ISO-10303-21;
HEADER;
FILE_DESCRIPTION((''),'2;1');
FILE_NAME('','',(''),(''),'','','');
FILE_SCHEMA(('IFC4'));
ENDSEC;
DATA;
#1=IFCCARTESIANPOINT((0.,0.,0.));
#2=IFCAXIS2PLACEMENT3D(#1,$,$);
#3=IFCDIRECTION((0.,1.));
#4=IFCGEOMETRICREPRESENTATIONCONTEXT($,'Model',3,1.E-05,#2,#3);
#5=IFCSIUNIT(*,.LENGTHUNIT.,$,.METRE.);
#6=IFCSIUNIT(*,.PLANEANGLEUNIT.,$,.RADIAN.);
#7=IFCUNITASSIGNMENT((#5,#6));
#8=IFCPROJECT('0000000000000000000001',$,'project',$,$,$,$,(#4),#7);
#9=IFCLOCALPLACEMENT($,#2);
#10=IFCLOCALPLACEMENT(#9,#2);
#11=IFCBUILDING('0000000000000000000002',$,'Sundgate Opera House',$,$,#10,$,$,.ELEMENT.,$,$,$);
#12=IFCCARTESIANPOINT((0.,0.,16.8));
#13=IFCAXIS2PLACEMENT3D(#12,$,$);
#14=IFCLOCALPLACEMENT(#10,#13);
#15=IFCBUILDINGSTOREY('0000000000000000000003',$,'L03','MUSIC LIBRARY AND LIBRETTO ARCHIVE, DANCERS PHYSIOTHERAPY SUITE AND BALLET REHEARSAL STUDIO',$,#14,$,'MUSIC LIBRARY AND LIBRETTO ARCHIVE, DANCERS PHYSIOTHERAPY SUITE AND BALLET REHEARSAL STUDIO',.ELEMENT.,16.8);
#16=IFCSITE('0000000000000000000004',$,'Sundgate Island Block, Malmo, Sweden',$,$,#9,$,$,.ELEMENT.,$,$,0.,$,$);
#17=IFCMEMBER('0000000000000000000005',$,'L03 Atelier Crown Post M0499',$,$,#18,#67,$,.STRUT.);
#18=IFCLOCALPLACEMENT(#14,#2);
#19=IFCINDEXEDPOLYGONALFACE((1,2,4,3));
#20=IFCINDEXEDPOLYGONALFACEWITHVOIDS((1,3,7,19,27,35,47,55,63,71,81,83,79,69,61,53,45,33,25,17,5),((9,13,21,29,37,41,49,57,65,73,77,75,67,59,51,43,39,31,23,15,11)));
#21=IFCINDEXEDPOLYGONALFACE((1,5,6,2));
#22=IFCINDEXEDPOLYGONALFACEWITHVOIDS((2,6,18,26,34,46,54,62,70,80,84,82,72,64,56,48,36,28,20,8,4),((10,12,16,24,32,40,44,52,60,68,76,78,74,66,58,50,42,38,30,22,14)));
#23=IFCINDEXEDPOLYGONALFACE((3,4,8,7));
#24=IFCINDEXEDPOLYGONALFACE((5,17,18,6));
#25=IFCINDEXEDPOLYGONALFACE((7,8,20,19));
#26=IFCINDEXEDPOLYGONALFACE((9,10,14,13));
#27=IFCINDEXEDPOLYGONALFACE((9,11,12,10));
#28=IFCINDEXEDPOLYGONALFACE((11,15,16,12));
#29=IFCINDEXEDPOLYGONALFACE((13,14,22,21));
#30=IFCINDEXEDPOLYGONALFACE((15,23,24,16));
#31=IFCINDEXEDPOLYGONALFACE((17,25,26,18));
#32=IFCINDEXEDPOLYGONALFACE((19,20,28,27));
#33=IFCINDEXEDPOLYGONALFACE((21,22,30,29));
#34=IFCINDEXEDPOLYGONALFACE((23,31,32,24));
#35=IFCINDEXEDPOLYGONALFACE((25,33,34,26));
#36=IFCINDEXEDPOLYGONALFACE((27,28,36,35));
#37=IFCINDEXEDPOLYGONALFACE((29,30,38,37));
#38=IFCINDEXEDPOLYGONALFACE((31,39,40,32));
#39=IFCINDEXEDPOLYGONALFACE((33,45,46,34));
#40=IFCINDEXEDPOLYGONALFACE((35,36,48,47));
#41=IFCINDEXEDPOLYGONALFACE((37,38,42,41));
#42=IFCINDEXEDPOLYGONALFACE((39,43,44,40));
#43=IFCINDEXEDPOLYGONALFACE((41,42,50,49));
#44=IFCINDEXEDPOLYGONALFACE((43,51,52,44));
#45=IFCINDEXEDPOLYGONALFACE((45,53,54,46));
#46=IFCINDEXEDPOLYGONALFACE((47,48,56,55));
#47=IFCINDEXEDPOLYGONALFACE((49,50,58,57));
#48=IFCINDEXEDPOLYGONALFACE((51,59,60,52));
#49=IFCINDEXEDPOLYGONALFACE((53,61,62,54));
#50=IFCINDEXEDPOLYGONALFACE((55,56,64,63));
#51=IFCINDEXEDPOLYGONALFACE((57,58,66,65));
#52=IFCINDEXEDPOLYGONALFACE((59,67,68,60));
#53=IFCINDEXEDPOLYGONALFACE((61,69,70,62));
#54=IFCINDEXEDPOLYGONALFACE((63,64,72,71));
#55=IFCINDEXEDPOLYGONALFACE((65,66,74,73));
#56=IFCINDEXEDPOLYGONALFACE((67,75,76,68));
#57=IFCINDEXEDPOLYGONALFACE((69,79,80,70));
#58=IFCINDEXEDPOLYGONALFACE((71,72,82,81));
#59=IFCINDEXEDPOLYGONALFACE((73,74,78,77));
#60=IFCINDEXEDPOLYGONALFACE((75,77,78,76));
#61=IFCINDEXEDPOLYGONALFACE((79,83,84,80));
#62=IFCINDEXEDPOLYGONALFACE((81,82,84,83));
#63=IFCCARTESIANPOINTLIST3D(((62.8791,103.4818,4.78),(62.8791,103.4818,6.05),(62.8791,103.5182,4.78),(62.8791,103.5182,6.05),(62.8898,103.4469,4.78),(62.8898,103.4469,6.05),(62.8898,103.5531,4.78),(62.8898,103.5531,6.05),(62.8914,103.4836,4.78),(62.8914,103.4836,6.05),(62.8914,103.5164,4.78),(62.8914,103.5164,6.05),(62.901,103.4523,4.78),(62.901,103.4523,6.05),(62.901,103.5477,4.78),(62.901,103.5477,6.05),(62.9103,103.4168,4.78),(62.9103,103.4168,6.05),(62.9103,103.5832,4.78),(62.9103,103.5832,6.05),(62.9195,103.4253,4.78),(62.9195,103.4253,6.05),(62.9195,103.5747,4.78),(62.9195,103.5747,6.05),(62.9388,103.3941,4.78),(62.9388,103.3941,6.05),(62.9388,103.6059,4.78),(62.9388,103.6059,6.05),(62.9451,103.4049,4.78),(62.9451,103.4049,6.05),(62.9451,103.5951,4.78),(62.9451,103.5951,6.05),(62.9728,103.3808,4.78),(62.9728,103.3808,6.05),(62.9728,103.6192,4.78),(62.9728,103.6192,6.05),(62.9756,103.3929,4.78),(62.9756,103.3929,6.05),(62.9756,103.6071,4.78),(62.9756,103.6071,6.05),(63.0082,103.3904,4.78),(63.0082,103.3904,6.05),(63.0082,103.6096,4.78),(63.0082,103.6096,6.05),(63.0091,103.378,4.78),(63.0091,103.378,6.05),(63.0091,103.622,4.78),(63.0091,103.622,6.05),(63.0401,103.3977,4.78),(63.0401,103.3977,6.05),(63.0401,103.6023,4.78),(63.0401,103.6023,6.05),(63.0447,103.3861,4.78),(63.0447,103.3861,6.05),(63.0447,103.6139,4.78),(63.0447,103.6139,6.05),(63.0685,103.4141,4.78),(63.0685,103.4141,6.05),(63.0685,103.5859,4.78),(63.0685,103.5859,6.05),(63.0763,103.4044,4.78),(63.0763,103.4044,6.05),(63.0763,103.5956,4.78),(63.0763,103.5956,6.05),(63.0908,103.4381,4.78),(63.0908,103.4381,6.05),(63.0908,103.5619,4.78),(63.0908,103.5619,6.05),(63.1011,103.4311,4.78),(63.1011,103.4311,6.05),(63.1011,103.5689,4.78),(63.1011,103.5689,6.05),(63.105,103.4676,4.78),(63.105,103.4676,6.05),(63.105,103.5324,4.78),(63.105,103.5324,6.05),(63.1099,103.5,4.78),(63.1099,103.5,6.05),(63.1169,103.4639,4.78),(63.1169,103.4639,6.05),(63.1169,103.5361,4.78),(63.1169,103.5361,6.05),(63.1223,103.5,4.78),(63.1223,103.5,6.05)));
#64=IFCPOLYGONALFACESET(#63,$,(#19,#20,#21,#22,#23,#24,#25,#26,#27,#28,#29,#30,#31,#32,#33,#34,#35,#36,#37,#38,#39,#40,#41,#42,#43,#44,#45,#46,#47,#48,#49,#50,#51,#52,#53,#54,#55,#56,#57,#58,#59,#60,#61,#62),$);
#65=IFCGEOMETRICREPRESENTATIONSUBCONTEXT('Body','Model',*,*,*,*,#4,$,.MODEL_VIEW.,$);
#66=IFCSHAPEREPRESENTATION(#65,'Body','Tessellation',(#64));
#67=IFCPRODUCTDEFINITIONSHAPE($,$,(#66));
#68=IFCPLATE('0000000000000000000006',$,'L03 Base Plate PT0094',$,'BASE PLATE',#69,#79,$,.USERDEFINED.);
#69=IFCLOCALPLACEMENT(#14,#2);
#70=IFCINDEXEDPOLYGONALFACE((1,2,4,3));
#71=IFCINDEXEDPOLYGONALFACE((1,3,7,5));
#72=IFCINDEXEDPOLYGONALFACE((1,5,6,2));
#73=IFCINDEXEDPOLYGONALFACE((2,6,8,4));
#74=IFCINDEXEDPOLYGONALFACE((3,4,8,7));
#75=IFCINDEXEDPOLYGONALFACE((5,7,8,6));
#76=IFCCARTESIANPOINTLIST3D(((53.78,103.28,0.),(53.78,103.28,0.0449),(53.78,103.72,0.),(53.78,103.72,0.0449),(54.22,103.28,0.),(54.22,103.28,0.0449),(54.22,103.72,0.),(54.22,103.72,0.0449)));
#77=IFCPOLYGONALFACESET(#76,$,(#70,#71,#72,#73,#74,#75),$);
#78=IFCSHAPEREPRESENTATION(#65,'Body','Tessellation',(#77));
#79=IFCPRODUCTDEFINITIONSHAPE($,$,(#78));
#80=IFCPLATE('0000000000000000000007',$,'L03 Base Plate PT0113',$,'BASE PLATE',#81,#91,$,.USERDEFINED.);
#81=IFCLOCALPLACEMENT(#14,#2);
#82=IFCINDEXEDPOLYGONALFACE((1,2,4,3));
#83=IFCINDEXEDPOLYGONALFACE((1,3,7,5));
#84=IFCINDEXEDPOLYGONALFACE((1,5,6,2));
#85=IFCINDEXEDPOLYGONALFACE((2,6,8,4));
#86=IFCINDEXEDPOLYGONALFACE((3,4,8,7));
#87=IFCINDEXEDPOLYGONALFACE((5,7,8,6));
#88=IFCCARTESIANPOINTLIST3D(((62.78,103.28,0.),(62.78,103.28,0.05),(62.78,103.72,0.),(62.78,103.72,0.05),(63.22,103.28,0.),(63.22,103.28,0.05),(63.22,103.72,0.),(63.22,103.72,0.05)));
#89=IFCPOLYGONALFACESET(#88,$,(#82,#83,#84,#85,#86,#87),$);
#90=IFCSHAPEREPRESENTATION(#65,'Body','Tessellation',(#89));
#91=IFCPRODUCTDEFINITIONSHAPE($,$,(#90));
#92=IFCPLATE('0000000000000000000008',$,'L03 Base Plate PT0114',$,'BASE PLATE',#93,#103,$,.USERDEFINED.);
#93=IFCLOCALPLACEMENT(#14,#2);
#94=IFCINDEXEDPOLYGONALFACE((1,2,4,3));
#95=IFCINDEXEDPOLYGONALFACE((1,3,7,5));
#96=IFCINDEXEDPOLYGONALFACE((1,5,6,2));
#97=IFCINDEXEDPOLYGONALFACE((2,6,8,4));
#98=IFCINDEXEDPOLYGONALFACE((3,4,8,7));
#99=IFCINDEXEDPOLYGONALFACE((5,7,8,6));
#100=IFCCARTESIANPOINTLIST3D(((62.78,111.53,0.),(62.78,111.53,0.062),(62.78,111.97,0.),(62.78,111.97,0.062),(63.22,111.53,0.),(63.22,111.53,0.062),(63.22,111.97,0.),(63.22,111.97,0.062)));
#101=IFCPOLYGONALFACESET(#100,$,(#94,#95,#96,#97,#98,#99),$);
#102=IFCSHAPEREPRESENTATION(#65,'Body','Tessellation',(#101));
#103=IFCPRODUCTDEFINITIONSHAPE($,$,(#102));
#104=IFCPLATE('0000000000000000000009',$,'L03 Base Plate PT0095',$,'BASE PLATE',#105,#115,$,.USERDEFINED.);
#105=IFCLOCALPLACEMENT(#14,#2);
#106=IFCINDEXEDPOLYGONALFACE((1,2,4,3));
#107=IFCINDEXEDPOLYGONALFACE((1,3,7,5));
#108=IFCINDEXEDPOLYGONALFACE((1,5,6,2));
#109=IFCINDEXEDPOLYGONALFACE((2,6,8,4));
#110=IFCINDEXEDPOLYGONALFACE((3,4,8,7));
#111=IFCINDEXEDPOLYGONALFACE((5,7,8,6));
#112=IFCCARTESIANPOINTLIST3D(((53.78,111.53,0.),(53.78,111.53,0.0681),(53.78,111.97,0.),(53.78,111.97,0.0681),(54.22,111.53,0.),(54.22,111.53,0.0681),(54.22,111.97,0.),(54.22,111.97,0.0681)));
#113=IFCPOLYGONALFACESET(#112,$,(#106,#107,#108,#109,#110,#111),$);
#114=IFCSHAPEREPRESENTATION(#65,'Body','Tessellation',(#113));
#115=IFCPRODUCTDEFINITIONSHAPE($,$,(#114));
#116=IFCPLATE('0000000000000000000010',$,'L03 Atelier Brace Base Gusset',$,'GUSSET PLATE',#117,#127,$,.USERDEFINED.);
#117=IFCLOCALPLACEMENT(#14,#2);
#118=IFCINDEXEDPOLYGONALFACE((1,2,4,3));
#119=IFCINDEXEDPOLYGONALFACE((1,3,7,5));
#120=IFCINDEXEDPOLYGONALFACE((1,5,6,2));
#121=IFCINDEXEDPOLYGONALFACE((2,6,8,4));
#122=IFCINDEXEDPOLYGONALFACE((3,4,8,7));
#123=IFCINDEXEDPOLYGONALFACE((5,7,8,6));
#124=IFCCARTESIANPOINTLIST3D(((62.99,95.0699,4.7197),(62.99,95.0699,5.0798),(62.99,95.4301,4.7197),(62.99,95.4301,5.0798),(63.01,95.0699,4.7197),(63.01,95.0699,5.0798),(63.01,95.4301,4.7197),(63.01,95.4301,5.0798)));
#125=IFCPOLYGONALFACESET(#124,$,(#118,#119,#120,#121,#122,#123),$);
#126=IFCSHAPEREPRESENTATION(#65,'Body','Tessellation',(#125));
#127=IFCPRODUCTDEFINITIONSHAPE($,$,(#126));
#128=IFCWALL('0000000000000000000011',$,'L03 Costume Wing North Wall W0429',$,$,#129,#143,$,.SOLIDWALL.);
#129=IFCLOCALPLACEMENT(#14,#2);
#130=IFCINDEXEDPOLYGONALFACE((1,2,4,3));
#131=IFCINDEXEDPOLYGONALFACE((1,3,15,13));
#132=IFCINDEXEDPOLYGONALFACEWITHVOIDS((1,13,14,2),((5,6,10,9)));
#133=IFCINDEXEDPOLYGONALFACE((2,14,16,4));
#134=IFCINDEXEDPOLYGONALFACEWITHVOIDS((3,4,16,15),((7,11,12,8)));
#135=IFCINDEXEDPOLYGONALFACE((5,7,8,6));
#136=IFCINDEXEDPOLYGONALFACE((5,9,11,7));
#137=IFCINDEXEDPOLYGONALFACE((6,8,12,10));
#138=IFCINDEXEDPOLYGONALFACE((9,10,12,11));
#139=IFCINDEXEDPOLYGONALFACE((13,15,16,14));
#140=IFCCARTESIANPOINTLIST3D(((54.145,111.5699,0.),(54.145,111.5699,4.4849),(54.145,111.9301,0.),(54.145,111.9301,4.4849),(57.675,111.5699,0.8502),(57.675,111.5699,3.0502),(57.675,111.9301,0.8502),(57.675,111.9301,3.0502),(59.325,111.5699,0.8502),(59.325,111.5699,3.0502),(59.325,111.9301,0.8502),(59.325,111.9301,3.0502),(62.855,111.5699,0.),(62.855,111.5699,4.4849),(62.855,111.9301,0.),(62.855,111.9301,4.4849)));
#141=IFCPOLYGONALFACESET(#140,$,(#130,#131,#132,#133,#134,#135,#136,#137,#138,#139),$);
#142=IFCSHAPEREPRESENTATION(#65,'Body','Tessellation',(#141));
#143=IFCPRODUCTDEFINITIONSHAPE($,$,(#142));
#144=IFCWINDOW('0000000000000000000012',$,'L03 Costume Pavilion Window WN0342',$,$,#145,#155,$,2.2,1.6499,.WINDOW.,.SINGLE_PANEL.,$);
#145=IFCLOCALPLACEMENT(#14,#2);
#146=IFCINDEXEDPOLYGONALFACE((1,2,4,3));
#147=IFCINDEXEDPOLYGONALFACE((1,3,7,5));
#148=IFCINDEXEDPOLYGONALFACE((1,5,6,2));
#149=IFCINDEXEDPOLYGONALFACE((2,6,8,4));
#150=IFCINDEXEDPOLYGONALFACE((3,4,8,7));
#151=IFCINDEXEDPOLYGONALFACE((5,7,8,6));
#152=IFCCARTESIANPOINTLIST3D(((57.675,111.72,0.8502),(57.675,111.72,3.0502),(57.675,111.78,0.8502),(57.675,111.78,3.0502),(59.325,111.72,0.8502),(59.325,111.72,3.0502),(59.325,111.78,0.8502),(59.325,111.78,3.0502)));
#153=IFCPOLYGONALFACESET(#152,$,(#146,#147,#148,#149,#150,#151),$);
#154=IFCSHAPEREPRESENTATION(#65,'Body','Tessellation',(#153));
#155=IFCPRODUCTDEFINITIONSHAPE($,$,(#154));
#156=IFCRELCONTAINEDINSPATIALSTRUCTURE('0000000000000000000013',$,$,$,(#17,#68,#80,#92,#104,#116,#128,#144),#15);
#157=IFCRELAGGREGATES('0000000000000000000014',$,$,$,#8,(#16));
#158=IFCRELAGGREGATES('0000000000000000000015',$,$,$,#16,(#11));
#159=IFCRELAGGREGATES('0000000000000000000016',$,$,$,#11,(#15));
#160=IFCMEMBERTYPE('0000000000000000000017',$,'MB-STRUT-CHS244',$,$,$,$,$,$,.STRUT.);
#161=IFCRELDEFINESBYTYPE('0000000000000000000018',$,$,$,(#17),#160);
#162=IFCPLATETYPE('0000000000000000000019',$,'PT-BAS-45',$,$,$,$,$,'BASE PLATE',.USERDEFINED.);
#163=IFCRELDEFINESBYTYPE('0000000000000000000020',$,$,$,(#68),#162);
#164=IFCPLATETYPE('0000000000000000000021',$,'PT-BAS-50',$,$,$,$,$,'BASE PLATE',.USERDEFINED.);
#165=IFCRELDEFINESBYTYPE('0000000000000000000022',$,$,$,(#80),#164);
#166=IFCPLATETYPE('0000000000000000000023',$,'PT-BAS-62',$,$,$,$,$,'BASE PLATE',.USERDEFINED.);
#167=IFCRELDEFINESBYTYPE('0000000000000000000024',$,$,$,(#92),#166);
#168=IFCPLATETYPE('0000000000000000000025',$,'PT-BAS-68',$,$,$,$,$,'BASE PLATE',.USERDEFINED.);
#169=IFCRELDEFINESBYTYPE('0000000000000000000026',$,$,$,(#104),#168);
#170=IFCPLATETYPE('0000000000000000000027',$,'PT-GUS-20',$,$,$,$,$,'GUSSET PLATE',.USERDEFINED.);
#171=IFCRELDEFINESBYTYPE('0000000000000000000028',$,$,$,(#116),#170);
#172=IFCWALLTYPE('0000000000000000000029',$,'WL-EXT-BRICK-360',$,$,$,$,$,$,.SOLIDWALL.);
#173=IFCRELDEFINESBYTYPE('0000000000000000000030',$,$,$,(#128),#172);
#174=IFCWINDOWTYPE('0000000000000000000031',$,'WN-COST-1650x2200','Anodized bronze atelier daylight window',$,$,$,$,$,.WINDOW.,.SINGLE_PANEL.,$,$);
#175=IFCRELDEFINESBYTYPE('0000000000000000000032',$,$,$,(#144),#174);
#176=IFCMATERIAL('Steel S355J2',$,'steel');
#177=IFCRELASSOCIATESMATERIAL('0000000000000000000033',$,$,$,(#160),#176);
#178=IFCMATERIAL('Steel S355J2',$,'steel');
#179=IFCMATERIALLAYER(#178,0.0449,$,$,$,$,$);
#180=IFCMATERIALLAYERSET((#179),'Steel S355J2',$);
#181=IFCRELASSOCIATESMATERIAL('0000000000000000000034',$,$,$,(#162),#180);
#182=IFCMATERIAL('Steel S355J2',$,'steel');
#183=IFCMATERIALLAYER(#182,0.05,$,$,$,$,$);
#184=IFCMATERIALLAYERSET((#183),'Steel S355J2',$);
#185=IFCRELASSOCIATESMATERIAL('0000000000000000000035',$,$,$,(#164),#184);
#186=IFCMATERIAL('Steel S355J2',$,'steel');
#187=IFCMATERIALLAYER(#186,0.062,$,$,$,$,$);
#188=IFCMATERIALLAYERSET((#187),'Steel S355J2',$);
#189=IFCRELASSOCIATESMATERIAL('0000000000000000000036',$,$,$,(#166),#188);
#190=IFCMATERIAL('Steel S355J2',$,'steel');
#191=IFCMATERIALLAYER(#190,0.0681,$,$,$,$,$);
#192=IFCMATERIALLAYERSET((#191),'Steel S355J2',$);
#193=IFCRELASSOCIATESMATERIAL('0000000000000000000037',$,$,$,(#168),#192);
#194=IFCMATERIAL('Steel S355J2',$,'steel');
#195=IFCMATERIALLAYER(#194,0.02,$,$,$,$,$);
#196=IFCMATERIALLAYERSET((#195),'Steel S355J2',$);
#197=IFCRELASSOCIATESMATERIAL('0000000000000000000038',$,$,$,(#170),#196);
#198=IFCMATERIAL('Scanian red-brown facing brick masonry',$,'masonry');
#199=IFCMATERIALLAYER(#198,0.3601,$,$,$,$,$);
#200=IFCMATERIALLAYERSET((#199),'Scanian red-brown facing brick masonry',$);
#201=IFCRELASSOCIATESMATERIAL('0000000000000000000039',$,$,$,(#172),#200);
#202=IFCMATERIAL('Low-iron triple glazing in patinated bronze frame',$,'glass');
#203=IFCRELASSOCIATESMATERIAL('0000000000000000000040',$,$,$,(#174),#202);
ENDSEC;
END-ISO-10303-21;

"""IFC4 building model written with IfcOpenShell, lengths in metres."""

from ifc_helpers import new_model, si_unit, direction, frame, frame_2d, origin, origin_2d, place, context, subcontext, project, spatial, rectangle, hollow_circle, extrude, material, layer, layer_set, material_profile, profile_set, type_object, element, fill, save


model = new_model("IFC4")

# Units and contexts
model_context = context("Model", 3, precision=1e-05, world=origin(), true_north=direction((0.0, 1.0)))
body_context = subcontext(model_context, "Body", "Model", "MODEL_VIEW")
ifc_project = project(units=[si_unit("LENGTHUNIT", "METRE"), si_unit("PLANEANGLEUNIT", "RADIAN")], contexts=[model_context])

# Site, building, storey
site_placement = place(None, origin())
site = spatial("IfcSite", under=ifc_project, at=site_placement, Name="Sundgate Island Block, Malmo, Sweden", CompositionType="ELEMENT", RefElevation=0.0)
building_placement = place(site_placement, origin())
building = spatial("IfcBuilding", under=site, at=building_placement, Name="Sundgate Opera House", CompositionType="ELEMENT")
storey_placement = place(building_placement, frame((0.0, 0.0, 16.8)))
storey = spatial("IfcBuildingStorey", under=building, at=storey_placement, Name="L03", Description="MUSIC LIBRARY AND LIBRETTO ARCHIVE, DANCERS PHYSIOTHERAPY SUITE AND BALLET REHEARSAL STUDIO", LongName="MUSIC LIBRARY AND LIBRETTO ARCHIVE, DANCERS PHYSIOTHERAPY SUITE AND BALLET REHEARSAL STUDIO", CompositionType="ELEMENT", Elevation=16.8)

# Member
ifc_material_1 = material(Name="Steel S355J2", Category="steel")
ifc_material_profile_1 = material_profile(ifc_material_1, hollow_circle(Radius=0.1223, WallThickness=0.0125, at=origin_2d()), Name="CHS 244.5x12.5")
ifc_profile_set_1 = profile_set([ifc_material_profile_1], Name="Steel S355J2")
member_type_1 = type_object("IfcMemberType", Name="MB-STRUT-CHS244", PredefinedType="STRUT", material=ifc_profile_set_1)
for number, where, z_axis, x_axis, name in (
    (1, (63.0, 103.5, 4.78), (0.0, 0.0, 1.0), (1.0, 0.0, 0.0), "L03 Atelier Crown Post M0499"),
):
    element("IfcMember", number, at=place(storey_placement, frame(where, z_axis=z_axis, x_axis=x_axis)), inside=storey, type_object=member_type_1, Name=name, PredefinedType="STRUT", context=body_context, shape_type="SweptSolid", body=[
        extrude(hollow_circle(Radius=0.1223, WallThickness=0.0125, at=origin_2d()), origin(), (0.0, 0.0, 1.0), 1.27),
    ])

# Plates
ifc_material_2 = material(Name="Steel S355J2", Category="steel")
ifc_layer_1 = layer(ifc_material_2, 0.0449)
ifc_layer_set_1 = layer_set([ifc_layer_1], Name="Steel S355J2")
plate_type_1 = type_object("IfcPlateType", Name="PT-BAS-45", ElementType="BASE PLATE", PredefinedType="USERDEFINED", material=ifc_layer_set_1)
plate_1_placement = place(storey_placement, frame((54.0, 103.5, 0.0), z_axis=(0.0, 0.0, 1.0), x_axis=(1.0, 0.0, 0.0)))
element("IfcPlate", 2, at=plate_1_placement, inside=storey, type_object=plate_type_1, Name="L03 Base Plate PT0094", ObjectType="BASE PLATE", PredefinedType="USERDEFINED", context=body_context, shape_type="SweptSolid", body=[
    extrude(rectangle(XDim=0.4399, YDim=0.4399, at=origin_2d()), origin(), (0.0, 0.0, 1.0), 0.0449),
])
ifc_material_3 = material(Name="Steel S355J2", Category="steel")
ifc_layer_2 = layer(ifc_material_3, 0.05)
ifc_layer_set_2 = layer_set([ifc_layer_2], Name="Steel S355J2")
plate_type_2 = type_object("IfcPlateType", Name="PT-BAS-50", ElementType="BASE PLATE", PredefinedType="USERDEFINED", material=ifc_layer_set_2)
plate_2_placement = place(storey_placement, frame((63.0, 103.5, 0.0), z_axis=(0.0, 0.0, 1.0), x_axis=(1.0, 0.0, 0.0)))
element("IfcPlate", 3, at=plate_2_placement, inside=storey, type_object=plate_type_2, Name="L03 Base Plate PT0113", ObjectType="BASE PLATE", PredefinedType="USERDEFINED", context=body_context, shape_type="SweptSolid", body=[
    extrude(rectangle(XDim=0.4399, YDim=0.4399, at=origin_2d()), origin(), (0.0, 0.0, 1.0), 0.05),
])
ifc_material_4 = material(Name="Steel S355J2", Category="steel")
ifc_layer_3 = layer(ifc_material_4, 0.062)
ifc_layer_set_3 = layer_set([ifc_layer_3], Name="Steel S355J2")
plate_type_3 = type_object("IfcPlateType", Name="PT-BAS-62", ElementType="BASE PLATE", PredefinedType="USERDEFINED", material=ifc_layer_set_3)
plate_3_placement = place(storey_placement, frame((63.0, 111.75, 0.0), z_axis=(0.0, 0.0, 1.0), x_axis=(1.0, 0.0, 0.0)))
element("IfcPlate", 4, at=plate_3_placement, inside=storey, type_object=plate_type_3, Name="L03 Base Plate PT0114", ObjectType="BASE PLATE", PredefinedType="USERDEFINED", context=body_context, shape_type="SweptSolid", body=[
    extrude(rectangle(XDim=0.4399, YDim=0.4399, at=origin_2d()), origin(), (0.0, 0.0, 1.0), 0.062),
])
ifc_material_5 = material(Name="Steel S355J2", Category="steel")
ifc_layer_4 = layer(ifc_material_5, 0.0681)
ifc_layer_set_4 = layer_set([ifc_layer_4], Name="Steel S355J2")
plate_type_4 = type_object("IfcPlateType", Name="PT-BAS-68", ElementType="BASE PLATE", PredefinedType="USERDEFINED", material=ifc_layer_set_4)
plate_4_placement = place(storey_placement, frame((54.0, 111.75, 0.0), z_axis=(0.0, 0.0, 1.0), x_axis=(1.0, 0.0, 0.0)))
element("IfcPlate", 5, at=plate_4_placement, inside=storey, type_object=plate_type_4, Name="L03 Base Plate PT0095", ObjectType="BASE PLATE", PredefinedType="USERDEFINED", context=body_context, shape_type="SweptSolid", body=[
    extrude(rectangle(XDim=0.4399, YDim=0.4399, at=origin_2d()), origin(), (0.0, 0.0, 1.0), 0.0681),
])
ifc_material_6 = material(Name="Steel S355J2", Category="steel")
ifc_layer_5 = layer(ifc_material_6, 0.02)
ifc_layer_set_5 = layer_set([ifc_layer_5], Name="Steel S355J2")
plate_type_5 = type_object("IfcPlateType", Name="PT-GUS-20", ElementType="GUSSET PLATE", PredefinedType="USERDEFINED", material=ifc_layer_set_5)
plate_5_placement = place(storey_placement, frame((63.0, 95.25, 4.7197), z_axis=(0.0, 0.0, 1.0), x_axis=(1.0, 0.0, 0.0)))
element("IfcPlate", 6, at=plate_5_placement, inside=storey, type_object=plate_type_5, Name="L03 Atelier Brace Base Gusset", ObjectType="GUSSET PLATE", PredefinedType="USERDEFINED", context=body_context, shape_type="SweptSolid", body=[
    extrude(rectangle(XDim=0.02, YDim=0.3601, at=origin_2d()), origin(), (0.0, 0.0, 1.0), 0.3601),
])

# Wall, opening, window
ifc_material_7 = material(Name="Scanian red-brown facing brick masonry", Category="masonry")
ifc_layer_6 = layer(ifc_material_7, 0.3601)
ifc_layer_set_6 = layer_set([ifc_layer_6], Name="Scanian red-brown facing brick masonry")
wall_type_1 = type_object("IfcWallType", Name="WL-EXT-BRICK-360", PredefinedType="SOLIDWALL", material=ifc_layer_set_6)
wall_1_placement = place(storey_placement, frame((54.145, 111.75, 0.0), z_axis=(0.0, 0.0, 1.0), x_axis=(1.0, 0.0, 0.0)))
wall_1 = element("IfcWall", 7, at=wall_1_placement, inside=storey, type_object=wall_type_1, Name="L03 Costume Wing North Wall W0429", PredefinedType="SOLIDWALL", context=body_context, shape_type="SweptSolid", body=[
    extrude(rectangle(XDim=8.71, YDim=0.3601, at=frame_2d((4.355, 0.0))), origin(), (0.0, 0.0, 1.0), 4.4849),
])
opening_1_placement = place(wall_1_placement, frame((3.53, 0.0, 0.8501)))
opening_1 = element("IfcOpeningElement", 8, at=opening_1_placement, cuts=wall_1, PredefinedType="OPENING", context=body_context, shape_type="SweptSolid", body=[
    extrude(rectangle(XDim=1.6499, YDim=2.2, at=frame_2d((0.825, 1.1001))), frame((0.0, 0.1899, 0.0), z_axis=(0.0, -1.0, 0.0), x_axis=(1.0, 0.0, 0.0)), (0.0, 0.0, 1.0), 0.3801),
])
ifc_material_8 = material(Name="Low-iron triple glazing in patinated bronze frame", Category="glass")
window_type_1 = type_object("IfcWindowType", Name="WN-COST-1650x2200", Description="Anodized bronze atelier daylight window", PartitioningType="SINGLE_PANEL", PredefinedType="WINDOW", material=ifc_material_8)
window_1_placement = place(opening_1_placement, origin())
window_1 = element("IfcWindow", 9, at=window_1_placement, inside=storey, type_object=window_type_1, Name="L03 Costume Pavilion Window WN0342", OverallHeight=2.2, OverallWidth=1.6499, PartitioningType="SINGLE_PANEL", PredefinedType="WINDOW", context=body_context, shape_type="SweptSolid", body=[
    extrude(rectangle(XDim=1.6499, YDim=2.2, at=frame_2d((0.825, 1.1001))), frame((0.0, 0.03, 0.0), z_axis=(0.0, -1.0, 0.0), x_axis=(1.0, 0.0, 0.0)), (0.0, 0.0, 1.0), 0.0601),
])
fill(opening_1, window_1)

save(model, "model.ifc")
